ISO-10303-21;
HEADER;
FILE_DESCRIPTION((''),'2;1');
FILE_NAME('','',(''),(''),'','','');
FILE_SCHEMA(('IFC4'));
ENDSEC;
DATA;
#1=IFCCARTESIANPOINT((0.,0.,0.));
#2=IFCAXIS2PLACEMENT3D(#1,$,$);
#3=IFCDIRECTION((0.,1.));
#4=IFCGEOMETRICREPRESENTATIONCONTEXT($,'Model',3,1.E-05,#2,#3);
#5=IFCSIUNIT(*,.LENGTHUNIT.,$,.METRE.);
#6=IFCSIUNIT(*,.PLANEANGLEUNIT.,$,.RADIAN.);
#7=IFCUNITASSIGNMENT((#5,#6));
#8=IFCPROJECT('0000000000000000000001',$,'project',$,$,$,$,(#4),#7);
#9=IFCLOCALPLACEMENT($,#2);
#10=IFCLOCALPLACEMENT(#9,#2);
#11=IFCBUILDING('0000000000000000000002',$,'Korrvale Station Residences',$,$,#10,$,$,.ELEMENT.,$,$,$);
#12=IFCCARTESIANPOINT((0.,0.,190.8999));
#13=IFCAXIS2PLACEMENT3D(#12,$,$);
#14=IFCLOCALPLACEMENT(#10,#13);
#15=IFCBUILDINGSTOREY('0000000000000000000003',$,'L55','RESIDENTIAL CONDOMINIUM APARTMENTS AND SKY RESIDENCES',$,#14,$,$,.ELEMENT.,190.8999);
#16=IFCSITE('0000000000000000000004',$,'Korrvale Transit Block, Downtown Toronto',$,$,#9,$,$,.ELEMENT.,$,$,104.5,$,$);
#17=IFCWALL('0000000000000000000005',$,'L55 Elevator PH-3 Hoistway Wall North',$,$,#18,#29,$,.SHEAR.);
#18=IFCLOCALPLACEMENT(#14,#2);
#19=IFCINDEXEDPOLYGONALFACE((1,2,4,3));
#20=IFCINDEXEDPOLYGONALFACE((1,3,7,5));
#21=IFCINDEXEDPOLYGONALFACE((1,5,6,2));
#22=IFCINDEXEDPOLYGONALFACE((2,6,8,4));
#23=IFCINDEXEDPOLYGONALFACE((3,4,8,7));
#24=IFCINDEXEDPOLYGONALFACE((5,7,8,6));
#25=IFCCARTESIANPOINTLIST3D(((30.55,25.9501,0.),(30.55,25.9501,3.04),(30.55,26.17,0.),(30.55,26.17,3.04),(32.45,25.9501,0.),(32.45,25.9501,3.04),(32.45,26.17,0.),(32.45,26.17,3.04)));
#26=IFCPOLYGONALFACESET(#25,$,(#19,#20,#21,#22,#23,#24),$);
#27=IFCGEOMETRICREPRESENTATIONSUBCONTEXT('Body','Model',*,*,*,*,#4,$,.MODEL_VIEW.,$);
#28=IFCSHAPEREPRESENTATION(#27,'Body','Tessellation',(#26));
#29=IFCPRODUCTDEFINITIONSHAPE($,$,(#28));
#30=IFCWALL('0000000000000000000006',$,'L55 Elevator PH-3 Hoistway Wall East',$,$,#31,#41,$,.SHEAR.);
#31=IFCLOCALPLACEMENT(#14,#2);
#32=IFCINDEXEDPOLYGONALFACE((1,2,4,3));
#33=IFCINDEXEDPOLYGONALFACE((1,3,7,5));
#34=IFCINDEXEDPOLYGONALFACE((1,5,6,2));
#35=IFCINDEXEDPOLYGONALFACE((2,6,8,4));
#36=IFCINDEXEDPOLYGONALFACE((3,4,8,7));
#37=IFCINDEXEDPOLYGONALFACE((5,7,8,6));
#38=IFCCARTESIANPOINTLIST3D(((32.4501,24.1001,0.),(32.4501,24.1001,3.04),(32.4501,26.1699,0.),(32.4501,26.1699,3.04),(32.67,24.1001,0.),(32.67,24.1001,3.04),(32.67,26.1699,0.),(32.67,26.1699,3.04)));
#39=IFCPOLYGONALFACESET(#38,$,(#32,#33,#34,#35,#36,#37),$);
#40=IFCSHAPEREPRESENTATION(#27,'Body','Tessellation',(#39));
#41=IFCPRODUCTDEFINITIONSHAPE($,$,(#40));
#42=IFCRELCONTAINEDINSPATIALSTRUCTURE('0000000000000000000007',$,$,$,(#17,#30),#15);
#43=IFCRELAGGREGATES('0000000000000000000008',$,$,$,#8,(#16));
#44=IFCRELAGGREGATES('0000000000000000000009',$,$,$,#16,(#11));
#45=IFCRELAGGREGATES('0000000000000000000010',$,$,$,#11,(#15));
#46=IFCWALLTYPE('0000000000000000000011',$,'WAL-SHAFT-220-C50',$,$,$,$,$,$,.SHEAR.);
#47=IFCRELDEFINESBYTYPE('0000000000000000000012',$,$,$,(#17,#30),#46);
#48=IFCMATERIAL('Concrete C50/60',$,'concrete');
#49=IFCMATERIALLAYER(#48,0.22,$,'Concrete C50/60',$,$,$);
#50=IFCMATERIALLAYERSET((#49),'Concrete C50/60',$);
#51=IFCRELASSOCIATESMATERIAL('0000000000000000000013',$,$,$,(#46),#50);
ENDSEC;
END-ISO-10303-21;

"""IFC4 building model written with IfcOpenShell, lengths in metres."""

from ifc_helpers import new_model, si_unit, direction, frame, frame_2d, origin, place, context, subcontext, project, spatial, rectangle, extrude, material, layer, layer_set, type_object, element, save


model = new_model("IFC4")

# Units and contexts
model_context = context("Model", 3, precision=1e-05, world=origin(), true_north=direction((0.0, 1.0)))
body_context = subcontext(model_context, "Body", "Model", "MODEL_VIEW")
ifc_project = project(units=[si_unit("LENGTHUNIT", "METRE"), si_unit("PLANEANGLEUNIT", "RADIAN")], contexts=[model_context])

# Site, building, storey
site_placement = place(None, origin())
site = spatial("IfcSite", under=ifc_project, at=site_placement, Name="Korrvale Transit Block, Downtown Toronto", CompositionType="ELEMENT", RefElevation=104.5)
building_placement = place(site_placement, origin())
building = spatial("IfcBuilding", under=site, at=building_placement, Name="Korrvale Station Residences", CompositionType="ELEMENT")
storey_placement = place(building_placement, frame((0.0, 0.0, 190.8999)))
storey = spatial("IfcBuildingStorey", under=building, at=storey_placement, Name="L55", Description="RESIDENTIAL CONDOMINIUM APARTMENTS AND SKY RESIDENCES", CompositionType="ELEMENT", Elevation=190.8999)

# Shared definitions
ifc_material_1 = material(Name="Concrete C50/60", Category="concrete")

# Wall
ifc_layer_1 = layer(ifc_material_1, 0.22, Name="Concrete C50/60")
ifc_layer_set_1 = layer_set([ifc_layer_1], Name="Concrete C50/60")
wall_type_1 = type_object("IfcWallType", Name="WAL-SHAFT-220-C50", PredefinedType="SHEAR", material=ifc_layer_set_1)
wall_1_placement = place(storey_placement, frame((30.55, 26.0601, 0.0), z_axis=(0.0, 0.0, 1.0), x_axis=(1.0, 0.0, 0.0)))
element("IfcWall", 1, at=wall_1_placement, inside=storey, type_object=wall_type_1, Name="L55 Elevator PH-3 Hoistway Wall North", PredefinedType="SHEAR", context=body_context, shape_type="SweptSolid", body=[
    extrude(rectangle(XDim=1.8999, YDim=0.22, at=frame_2d((0.95, 0.0))), origin(), (0.0, 0.0, 1.0), 3.04),
])

# Wall
wall_2_placement = place(storey_placement, frame((32.5601, 24.1001, 0.0), z_axis=(0.0, 0.0, 1.0), x_axis=(0.0, 1.0, 0.0)))
element("IfcWall", 2, at=wall_2_placement, inside=storey, type_object=wall_type_1, Name="L55 Elevator PH-3 Hoistway Wall East", PredefinedType="SHEAR", context=body_context, shape_type="SweptSolid", body=[
    extrude(rectangle(XDim=2.0698, YDim=0.22, at=frame_2d((1.0349, 0.0))), origin(), (0.0, 0.0, 1.0), 3.04),
])

save(model, "model.ifc")
